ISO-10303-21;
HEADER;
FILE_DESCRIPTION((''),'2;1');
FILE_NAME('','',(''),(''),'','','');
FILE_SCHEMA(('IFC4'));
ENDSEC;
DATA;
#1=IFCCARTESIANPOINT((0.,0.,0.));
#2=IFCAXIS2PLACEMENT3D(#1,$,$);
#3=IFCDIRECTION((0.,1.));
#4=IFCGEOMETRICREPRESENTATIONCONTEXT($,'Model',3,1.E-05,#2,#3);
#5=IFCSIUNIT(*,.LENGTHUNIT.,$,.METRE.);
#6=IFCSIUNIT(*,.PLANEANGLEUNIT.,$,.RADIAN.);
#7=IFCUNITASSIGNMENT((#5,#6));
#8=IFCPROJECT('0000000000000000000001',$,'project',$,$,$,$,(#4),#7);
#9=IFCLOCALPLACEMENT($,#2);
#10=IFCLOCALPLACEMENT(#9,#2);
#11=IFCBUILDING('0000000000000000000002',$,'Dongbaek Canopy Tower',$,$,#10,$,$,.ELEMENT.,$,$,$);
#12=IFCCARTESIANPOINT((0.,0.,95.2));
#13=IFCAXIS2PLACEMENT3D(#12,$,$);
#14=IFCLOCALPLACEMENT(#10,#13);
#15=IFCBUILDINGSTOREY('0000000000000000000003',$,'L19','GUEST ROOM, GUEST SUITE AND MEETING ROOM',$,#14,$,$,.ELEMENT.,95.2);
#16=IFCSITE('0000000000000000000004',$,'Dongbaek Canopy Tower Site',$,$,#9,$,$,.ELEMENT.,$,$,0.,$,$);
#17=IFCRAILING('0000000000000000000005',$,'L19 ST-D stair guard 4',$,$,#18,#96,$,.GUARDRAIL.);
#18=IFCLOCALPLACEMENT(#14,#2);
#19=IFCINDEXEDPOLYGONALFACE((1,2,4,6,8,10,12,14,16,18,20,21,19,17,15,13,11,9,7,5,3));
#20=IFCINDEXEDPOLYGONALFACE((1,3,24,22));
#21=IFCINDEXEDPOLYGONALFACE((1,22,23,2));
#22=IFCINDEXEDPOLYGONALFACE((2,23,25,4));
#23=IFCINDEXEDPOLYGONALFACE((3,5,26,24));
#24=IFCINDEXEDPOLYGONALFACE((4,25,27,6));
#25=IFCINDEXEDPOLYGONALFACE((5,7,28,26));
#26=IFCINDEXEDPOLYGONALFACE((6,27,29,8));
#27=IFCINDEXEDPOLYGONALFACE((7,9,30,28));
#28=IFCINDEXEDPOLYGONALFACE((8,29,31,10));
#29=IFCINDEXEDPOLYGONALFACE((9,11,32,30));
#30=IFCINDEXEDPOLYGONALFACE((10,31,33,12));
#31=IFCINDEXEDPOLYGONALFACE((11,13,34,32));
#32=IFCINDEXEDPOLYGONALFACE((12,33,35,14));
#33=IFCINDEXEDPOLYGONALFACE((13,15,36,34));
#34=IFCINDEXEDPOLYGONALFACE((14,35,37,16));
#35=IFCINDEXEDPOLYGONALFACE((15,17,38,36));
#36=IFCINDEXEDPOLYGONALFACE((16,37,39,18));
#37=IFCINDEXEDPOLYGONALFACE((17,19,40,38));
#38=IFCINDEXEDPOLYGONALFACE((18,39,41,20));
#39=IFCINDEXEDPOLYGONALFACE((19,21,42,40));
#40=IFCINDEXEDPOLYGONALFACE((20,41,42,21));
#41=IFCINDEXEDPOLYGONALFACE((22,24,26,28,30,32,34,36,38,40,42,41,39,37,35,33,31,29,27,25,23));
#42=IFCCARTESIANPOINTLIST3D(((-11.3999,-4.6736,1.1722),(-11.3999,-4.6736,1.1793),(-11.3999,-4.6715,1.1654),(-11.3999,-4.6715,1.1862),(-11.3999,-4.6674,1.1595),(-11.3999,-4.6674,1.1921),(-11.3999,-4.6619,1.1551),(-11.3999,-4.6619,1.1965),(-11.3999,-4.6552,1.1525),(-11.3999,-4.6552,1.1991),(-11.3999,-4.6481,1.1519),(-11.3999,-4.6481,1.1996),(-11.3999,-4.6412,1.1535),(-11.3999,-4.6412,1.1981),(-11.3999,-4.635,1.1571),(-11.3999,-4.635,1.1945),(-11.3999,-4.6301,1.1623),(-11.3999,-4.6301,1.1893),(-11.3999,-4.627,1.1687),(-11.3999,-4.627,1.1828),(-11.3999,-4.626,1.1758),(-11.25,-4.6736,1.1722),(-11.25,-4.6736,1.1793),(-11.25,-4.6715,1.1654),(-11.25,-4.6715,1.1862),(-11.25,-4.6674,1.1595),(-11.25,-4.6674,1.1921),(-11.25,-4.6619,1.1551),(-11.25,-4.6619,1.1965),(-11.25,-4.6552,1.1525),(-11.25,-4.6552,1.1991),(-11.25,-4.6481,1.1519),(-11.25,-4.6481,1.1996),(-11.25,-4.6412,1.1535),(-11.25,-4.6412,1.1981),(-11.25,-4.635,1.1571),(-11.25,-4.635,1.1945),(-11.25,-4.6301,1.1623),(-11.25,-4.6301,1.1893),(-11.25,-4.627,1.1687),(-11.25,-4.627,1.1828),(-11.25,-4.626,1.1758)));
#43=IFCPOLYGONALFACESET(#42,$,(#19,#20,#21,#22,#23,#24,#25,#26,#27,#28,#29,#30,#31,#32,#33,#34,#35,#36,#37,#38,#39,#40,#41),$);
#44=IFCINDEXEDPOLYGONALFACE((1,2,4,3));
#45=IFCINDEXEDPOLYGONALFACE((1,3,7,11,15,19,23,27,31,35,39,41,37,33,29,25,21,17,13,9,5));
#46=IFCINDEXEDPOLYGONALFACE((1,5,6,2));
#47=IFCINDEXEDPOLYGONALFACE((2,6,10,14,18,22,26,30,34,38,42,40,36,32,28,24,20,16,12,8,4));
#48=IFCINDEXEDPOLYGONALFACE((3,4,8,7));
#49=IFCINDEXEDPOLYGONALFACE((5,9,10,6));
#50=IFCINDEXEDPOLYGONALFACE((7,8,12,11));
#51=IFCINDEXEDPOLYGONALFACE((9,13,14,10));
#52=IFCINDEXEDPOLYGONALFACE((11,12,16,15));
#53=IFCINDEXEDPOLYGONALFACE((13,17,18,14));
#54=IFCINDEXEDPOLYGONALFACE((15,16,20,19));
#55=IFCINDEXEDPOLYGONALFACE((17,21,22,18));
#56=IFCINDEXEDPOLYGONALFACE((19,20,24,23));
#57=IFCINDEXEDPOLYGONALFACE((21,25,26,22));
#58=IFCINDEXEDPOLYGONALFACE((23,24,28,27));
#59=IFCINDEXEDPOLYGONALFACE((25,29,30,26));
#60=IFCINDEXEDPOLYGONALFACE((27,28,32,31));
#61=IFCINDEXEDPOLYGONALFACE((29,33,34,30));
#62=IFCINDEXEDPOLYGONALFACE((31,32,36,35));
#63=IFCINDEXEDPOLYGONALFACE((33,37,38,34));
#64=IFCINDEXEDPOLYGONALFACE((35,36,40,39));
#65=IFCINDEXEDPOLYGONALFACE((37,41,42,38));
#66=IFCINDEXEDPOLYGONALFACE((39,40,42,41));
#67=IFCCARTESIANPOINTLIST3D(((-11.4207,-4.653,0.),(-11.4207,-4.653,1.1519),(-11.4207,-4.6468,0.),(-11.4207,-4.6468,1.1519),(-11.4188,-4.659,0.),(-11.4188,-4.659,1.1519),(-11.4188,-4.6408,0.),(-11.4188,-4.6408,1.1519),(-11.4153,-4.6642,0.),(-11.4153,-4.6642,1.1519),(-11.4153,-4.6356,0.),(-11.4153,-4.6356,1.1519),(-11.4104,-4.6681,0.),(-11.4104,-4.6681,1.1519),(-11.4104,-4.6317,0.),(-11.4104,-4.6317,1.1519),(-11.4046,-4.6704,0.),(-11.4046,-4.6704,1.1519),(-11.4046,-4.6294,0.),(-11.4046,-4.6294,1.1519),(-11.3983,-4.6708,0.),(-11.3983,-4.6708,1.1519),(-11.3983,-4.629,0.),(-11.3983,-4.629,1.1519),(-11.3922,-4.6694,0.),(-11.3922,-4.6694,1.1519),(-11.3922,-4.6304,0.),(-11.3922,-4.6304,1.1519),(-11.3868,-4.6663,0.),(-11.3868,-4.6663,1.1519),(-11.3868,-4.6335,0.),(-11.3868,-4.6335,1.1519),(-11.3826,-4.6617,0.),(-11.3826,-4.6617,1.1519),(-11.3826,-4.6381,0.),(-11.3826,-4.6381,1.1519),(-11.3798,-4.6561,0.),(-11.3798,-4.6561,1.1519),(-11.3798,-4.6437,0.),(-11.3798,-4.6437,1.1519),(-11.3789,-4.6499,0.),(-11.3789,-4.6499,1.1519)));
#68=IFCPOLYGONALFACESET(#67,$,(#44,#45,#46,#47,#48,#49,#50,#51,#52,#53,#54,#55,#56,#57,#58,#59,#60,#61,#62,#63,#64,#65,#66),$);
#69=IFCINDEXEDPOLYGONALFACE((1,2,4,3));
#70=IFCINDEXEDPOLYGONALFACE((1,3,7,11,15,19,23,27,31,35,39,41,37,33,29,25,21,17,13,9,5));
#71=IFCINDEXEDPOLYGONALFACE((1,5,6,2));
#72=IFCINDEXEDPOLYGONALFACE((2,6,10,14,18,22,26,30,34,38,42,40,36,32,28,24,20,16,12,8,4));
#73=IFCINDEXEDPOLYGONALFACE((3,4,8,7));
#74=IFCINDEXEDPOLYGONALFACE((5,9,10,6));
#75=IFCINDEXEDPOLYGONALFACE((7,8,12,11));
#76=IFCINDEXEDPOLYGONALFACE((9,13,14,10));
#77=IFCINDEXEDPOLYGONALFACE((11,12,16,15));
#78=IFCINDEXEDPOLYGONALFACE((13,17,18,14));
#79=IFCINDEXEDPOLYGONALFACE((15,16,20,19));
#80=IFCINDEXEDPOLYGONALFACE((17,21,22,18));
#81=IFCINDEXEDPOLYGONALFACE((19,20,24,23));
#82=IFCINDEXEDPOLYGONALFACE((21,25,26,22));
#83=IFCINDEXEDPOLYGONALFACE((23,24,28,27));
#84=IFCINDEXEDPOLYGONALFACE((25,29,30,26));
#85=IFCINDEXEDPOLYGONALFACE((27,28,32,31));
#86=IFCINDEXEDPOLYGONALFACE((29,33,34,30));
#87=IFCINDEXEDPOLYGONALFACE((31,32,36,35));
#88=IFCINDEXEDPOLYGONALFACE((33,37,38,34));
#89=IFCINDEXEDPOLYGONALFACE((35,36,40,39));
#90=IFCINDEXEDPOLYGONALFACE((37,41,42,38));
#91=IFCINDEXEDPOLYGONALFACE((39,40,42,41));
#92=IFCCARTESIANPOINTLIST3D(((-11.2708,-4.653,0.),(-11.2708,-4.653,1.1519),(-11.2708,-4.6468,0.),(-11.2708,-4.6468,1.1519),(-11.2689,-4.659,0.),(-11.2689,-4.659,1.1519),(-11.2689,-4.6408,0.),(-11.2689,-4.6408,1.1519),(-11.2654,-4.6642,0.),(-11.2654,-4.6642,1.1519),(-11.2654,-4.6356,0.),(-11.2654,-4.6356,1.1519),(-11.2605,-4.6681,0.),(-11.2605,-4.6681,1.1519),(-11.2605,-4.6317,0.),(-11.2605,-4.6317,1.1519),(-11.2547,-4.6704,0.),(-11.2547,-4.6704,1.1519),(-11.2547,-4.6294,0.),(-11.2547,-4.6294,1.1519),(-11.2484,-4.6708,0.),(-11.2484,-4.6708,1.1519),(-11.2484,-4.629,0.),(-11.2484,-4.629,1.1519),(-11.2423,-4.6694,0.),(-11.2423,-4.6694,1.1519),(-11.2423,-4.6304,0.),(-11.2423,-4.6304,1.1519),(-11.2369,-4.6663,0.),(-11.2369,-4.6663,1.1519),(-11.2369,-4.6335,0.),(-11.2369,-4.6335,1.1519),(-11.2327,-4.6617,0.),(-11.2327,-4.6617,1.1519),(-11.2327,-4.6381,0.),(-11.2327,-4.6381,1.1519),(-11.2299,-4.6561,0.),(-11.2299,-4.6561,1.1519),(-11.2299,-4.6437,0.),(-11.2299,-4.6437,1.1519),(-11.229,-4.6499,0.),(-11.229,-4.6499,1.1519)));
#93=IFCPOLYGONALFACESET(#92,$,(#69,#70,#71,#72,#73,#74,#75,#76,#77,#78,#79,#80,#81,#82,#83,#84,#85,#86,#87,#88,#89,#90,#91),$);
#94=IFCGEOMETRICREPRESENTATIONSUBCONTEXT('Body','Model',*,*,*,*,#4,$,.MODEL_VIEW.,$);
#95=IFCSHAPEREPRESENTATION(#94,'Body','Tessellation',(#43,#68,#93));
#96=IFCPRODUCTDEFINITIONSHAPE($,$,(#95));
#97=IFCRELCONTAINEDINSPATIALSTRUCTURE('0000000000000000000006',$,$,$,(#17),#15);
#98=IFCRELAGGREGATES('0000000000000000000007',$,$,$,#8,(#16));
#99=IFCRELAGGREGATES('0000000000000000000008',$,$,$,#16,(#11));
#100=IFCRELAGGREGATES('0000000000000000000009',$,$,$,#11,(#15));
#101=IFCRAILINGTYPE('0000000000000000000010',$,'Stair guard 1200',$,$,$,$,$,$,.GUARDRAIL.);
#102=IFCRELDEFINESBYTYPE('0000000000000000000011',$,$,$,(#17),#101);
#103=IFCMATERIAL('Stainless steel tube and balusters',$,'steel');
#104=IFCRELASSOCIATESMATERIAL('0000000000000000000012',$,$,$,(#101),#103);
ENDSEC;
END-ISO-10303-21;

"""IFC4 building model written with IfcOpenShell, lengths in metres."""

from ifc_helpers import new_model, si_unit, direction, frame, origin, origin_2d, place, context, subcontext, project, spatial, circle, extrude, material, type_object, element, save


model = new_model("IFC4")

# Units and contexts
model_context = context("Model", 3, precision=1e-05, world=origin(), true_north=direction((0.0, 1.0)))
body_context = subcontext(model_context, "Body", "Model", "MODEL_VIEW")
ifc_project = project(units=[si_unit("LENGTHUNIT", "METRE"), si_unit("PLANEANGLEUNIT", "RADIAN")], contexts=[model_context])

# Site, building, storey
site_placement = place(None, origin())
site = spatial("IfcSite", under=ifc_project, at=site_placement, Name="Dongbaek Canopy Tower Site", CompositionType="ELEMENT", RefElevation=0.0)
building_placement = place(site_placement, origin())
building = spatial("IfcBuilding", under=site, at=building_placement, Name="Dongbaek Canopy Tower", CompositionType="ELEMENT")
storey_placement = place(building_placement, frame((0.0, 0.0, 95.2)))
storey = spatial("IfcBuildingStorey", under=building, at=storey_placement, Name="L19", Description="GUEST ROOM, GUEST SUITE AND MEETING ROOM", CompositionType="ELEMENT", Elevation=95.2)

# Railing
ifc_material_1 = material(Name="Stainless steel tube and balusters", Category="steel")
railing_type_1 = type_object("IfcRailingType", Name="Stair guard 1200", PredefinedType="GUARDRAIL", material=ifc_material_1)
railing_1_placement = place(storey_placement, frame((-11.3999, -4.6499, 0.0)))
element("IfcRailing", 1, at=railing_1_placement, inside=storey, type_object=railing_type_1, Name="L19 ST-D stair guard 4", PredefinedType="GUARDRAIL", context=body_context, shape_type="SweptSolid", body=[
    extrude(circle(Radius=0.0239, at=origin_2d()), frame((0.0, 0.0, 1.1758), z_axis=(1.0, 0.0, 0.0), x_axis=(0.0, 1.0, 0.0)), (0.0, 0.0, 1.0), 0.1499),
    extrude(circle(Radius=0.021, at=origin_2d()), origin(), (0.0, 0.0, 1.0), 1.1519),
    extrude(circle(Radius=0.021, at=origin_2d()), frame((0.1499, 0.0, 0.0)), (0.0, 0.0, 1.0), 1.1519),
])

save(model, "model.ifc")
